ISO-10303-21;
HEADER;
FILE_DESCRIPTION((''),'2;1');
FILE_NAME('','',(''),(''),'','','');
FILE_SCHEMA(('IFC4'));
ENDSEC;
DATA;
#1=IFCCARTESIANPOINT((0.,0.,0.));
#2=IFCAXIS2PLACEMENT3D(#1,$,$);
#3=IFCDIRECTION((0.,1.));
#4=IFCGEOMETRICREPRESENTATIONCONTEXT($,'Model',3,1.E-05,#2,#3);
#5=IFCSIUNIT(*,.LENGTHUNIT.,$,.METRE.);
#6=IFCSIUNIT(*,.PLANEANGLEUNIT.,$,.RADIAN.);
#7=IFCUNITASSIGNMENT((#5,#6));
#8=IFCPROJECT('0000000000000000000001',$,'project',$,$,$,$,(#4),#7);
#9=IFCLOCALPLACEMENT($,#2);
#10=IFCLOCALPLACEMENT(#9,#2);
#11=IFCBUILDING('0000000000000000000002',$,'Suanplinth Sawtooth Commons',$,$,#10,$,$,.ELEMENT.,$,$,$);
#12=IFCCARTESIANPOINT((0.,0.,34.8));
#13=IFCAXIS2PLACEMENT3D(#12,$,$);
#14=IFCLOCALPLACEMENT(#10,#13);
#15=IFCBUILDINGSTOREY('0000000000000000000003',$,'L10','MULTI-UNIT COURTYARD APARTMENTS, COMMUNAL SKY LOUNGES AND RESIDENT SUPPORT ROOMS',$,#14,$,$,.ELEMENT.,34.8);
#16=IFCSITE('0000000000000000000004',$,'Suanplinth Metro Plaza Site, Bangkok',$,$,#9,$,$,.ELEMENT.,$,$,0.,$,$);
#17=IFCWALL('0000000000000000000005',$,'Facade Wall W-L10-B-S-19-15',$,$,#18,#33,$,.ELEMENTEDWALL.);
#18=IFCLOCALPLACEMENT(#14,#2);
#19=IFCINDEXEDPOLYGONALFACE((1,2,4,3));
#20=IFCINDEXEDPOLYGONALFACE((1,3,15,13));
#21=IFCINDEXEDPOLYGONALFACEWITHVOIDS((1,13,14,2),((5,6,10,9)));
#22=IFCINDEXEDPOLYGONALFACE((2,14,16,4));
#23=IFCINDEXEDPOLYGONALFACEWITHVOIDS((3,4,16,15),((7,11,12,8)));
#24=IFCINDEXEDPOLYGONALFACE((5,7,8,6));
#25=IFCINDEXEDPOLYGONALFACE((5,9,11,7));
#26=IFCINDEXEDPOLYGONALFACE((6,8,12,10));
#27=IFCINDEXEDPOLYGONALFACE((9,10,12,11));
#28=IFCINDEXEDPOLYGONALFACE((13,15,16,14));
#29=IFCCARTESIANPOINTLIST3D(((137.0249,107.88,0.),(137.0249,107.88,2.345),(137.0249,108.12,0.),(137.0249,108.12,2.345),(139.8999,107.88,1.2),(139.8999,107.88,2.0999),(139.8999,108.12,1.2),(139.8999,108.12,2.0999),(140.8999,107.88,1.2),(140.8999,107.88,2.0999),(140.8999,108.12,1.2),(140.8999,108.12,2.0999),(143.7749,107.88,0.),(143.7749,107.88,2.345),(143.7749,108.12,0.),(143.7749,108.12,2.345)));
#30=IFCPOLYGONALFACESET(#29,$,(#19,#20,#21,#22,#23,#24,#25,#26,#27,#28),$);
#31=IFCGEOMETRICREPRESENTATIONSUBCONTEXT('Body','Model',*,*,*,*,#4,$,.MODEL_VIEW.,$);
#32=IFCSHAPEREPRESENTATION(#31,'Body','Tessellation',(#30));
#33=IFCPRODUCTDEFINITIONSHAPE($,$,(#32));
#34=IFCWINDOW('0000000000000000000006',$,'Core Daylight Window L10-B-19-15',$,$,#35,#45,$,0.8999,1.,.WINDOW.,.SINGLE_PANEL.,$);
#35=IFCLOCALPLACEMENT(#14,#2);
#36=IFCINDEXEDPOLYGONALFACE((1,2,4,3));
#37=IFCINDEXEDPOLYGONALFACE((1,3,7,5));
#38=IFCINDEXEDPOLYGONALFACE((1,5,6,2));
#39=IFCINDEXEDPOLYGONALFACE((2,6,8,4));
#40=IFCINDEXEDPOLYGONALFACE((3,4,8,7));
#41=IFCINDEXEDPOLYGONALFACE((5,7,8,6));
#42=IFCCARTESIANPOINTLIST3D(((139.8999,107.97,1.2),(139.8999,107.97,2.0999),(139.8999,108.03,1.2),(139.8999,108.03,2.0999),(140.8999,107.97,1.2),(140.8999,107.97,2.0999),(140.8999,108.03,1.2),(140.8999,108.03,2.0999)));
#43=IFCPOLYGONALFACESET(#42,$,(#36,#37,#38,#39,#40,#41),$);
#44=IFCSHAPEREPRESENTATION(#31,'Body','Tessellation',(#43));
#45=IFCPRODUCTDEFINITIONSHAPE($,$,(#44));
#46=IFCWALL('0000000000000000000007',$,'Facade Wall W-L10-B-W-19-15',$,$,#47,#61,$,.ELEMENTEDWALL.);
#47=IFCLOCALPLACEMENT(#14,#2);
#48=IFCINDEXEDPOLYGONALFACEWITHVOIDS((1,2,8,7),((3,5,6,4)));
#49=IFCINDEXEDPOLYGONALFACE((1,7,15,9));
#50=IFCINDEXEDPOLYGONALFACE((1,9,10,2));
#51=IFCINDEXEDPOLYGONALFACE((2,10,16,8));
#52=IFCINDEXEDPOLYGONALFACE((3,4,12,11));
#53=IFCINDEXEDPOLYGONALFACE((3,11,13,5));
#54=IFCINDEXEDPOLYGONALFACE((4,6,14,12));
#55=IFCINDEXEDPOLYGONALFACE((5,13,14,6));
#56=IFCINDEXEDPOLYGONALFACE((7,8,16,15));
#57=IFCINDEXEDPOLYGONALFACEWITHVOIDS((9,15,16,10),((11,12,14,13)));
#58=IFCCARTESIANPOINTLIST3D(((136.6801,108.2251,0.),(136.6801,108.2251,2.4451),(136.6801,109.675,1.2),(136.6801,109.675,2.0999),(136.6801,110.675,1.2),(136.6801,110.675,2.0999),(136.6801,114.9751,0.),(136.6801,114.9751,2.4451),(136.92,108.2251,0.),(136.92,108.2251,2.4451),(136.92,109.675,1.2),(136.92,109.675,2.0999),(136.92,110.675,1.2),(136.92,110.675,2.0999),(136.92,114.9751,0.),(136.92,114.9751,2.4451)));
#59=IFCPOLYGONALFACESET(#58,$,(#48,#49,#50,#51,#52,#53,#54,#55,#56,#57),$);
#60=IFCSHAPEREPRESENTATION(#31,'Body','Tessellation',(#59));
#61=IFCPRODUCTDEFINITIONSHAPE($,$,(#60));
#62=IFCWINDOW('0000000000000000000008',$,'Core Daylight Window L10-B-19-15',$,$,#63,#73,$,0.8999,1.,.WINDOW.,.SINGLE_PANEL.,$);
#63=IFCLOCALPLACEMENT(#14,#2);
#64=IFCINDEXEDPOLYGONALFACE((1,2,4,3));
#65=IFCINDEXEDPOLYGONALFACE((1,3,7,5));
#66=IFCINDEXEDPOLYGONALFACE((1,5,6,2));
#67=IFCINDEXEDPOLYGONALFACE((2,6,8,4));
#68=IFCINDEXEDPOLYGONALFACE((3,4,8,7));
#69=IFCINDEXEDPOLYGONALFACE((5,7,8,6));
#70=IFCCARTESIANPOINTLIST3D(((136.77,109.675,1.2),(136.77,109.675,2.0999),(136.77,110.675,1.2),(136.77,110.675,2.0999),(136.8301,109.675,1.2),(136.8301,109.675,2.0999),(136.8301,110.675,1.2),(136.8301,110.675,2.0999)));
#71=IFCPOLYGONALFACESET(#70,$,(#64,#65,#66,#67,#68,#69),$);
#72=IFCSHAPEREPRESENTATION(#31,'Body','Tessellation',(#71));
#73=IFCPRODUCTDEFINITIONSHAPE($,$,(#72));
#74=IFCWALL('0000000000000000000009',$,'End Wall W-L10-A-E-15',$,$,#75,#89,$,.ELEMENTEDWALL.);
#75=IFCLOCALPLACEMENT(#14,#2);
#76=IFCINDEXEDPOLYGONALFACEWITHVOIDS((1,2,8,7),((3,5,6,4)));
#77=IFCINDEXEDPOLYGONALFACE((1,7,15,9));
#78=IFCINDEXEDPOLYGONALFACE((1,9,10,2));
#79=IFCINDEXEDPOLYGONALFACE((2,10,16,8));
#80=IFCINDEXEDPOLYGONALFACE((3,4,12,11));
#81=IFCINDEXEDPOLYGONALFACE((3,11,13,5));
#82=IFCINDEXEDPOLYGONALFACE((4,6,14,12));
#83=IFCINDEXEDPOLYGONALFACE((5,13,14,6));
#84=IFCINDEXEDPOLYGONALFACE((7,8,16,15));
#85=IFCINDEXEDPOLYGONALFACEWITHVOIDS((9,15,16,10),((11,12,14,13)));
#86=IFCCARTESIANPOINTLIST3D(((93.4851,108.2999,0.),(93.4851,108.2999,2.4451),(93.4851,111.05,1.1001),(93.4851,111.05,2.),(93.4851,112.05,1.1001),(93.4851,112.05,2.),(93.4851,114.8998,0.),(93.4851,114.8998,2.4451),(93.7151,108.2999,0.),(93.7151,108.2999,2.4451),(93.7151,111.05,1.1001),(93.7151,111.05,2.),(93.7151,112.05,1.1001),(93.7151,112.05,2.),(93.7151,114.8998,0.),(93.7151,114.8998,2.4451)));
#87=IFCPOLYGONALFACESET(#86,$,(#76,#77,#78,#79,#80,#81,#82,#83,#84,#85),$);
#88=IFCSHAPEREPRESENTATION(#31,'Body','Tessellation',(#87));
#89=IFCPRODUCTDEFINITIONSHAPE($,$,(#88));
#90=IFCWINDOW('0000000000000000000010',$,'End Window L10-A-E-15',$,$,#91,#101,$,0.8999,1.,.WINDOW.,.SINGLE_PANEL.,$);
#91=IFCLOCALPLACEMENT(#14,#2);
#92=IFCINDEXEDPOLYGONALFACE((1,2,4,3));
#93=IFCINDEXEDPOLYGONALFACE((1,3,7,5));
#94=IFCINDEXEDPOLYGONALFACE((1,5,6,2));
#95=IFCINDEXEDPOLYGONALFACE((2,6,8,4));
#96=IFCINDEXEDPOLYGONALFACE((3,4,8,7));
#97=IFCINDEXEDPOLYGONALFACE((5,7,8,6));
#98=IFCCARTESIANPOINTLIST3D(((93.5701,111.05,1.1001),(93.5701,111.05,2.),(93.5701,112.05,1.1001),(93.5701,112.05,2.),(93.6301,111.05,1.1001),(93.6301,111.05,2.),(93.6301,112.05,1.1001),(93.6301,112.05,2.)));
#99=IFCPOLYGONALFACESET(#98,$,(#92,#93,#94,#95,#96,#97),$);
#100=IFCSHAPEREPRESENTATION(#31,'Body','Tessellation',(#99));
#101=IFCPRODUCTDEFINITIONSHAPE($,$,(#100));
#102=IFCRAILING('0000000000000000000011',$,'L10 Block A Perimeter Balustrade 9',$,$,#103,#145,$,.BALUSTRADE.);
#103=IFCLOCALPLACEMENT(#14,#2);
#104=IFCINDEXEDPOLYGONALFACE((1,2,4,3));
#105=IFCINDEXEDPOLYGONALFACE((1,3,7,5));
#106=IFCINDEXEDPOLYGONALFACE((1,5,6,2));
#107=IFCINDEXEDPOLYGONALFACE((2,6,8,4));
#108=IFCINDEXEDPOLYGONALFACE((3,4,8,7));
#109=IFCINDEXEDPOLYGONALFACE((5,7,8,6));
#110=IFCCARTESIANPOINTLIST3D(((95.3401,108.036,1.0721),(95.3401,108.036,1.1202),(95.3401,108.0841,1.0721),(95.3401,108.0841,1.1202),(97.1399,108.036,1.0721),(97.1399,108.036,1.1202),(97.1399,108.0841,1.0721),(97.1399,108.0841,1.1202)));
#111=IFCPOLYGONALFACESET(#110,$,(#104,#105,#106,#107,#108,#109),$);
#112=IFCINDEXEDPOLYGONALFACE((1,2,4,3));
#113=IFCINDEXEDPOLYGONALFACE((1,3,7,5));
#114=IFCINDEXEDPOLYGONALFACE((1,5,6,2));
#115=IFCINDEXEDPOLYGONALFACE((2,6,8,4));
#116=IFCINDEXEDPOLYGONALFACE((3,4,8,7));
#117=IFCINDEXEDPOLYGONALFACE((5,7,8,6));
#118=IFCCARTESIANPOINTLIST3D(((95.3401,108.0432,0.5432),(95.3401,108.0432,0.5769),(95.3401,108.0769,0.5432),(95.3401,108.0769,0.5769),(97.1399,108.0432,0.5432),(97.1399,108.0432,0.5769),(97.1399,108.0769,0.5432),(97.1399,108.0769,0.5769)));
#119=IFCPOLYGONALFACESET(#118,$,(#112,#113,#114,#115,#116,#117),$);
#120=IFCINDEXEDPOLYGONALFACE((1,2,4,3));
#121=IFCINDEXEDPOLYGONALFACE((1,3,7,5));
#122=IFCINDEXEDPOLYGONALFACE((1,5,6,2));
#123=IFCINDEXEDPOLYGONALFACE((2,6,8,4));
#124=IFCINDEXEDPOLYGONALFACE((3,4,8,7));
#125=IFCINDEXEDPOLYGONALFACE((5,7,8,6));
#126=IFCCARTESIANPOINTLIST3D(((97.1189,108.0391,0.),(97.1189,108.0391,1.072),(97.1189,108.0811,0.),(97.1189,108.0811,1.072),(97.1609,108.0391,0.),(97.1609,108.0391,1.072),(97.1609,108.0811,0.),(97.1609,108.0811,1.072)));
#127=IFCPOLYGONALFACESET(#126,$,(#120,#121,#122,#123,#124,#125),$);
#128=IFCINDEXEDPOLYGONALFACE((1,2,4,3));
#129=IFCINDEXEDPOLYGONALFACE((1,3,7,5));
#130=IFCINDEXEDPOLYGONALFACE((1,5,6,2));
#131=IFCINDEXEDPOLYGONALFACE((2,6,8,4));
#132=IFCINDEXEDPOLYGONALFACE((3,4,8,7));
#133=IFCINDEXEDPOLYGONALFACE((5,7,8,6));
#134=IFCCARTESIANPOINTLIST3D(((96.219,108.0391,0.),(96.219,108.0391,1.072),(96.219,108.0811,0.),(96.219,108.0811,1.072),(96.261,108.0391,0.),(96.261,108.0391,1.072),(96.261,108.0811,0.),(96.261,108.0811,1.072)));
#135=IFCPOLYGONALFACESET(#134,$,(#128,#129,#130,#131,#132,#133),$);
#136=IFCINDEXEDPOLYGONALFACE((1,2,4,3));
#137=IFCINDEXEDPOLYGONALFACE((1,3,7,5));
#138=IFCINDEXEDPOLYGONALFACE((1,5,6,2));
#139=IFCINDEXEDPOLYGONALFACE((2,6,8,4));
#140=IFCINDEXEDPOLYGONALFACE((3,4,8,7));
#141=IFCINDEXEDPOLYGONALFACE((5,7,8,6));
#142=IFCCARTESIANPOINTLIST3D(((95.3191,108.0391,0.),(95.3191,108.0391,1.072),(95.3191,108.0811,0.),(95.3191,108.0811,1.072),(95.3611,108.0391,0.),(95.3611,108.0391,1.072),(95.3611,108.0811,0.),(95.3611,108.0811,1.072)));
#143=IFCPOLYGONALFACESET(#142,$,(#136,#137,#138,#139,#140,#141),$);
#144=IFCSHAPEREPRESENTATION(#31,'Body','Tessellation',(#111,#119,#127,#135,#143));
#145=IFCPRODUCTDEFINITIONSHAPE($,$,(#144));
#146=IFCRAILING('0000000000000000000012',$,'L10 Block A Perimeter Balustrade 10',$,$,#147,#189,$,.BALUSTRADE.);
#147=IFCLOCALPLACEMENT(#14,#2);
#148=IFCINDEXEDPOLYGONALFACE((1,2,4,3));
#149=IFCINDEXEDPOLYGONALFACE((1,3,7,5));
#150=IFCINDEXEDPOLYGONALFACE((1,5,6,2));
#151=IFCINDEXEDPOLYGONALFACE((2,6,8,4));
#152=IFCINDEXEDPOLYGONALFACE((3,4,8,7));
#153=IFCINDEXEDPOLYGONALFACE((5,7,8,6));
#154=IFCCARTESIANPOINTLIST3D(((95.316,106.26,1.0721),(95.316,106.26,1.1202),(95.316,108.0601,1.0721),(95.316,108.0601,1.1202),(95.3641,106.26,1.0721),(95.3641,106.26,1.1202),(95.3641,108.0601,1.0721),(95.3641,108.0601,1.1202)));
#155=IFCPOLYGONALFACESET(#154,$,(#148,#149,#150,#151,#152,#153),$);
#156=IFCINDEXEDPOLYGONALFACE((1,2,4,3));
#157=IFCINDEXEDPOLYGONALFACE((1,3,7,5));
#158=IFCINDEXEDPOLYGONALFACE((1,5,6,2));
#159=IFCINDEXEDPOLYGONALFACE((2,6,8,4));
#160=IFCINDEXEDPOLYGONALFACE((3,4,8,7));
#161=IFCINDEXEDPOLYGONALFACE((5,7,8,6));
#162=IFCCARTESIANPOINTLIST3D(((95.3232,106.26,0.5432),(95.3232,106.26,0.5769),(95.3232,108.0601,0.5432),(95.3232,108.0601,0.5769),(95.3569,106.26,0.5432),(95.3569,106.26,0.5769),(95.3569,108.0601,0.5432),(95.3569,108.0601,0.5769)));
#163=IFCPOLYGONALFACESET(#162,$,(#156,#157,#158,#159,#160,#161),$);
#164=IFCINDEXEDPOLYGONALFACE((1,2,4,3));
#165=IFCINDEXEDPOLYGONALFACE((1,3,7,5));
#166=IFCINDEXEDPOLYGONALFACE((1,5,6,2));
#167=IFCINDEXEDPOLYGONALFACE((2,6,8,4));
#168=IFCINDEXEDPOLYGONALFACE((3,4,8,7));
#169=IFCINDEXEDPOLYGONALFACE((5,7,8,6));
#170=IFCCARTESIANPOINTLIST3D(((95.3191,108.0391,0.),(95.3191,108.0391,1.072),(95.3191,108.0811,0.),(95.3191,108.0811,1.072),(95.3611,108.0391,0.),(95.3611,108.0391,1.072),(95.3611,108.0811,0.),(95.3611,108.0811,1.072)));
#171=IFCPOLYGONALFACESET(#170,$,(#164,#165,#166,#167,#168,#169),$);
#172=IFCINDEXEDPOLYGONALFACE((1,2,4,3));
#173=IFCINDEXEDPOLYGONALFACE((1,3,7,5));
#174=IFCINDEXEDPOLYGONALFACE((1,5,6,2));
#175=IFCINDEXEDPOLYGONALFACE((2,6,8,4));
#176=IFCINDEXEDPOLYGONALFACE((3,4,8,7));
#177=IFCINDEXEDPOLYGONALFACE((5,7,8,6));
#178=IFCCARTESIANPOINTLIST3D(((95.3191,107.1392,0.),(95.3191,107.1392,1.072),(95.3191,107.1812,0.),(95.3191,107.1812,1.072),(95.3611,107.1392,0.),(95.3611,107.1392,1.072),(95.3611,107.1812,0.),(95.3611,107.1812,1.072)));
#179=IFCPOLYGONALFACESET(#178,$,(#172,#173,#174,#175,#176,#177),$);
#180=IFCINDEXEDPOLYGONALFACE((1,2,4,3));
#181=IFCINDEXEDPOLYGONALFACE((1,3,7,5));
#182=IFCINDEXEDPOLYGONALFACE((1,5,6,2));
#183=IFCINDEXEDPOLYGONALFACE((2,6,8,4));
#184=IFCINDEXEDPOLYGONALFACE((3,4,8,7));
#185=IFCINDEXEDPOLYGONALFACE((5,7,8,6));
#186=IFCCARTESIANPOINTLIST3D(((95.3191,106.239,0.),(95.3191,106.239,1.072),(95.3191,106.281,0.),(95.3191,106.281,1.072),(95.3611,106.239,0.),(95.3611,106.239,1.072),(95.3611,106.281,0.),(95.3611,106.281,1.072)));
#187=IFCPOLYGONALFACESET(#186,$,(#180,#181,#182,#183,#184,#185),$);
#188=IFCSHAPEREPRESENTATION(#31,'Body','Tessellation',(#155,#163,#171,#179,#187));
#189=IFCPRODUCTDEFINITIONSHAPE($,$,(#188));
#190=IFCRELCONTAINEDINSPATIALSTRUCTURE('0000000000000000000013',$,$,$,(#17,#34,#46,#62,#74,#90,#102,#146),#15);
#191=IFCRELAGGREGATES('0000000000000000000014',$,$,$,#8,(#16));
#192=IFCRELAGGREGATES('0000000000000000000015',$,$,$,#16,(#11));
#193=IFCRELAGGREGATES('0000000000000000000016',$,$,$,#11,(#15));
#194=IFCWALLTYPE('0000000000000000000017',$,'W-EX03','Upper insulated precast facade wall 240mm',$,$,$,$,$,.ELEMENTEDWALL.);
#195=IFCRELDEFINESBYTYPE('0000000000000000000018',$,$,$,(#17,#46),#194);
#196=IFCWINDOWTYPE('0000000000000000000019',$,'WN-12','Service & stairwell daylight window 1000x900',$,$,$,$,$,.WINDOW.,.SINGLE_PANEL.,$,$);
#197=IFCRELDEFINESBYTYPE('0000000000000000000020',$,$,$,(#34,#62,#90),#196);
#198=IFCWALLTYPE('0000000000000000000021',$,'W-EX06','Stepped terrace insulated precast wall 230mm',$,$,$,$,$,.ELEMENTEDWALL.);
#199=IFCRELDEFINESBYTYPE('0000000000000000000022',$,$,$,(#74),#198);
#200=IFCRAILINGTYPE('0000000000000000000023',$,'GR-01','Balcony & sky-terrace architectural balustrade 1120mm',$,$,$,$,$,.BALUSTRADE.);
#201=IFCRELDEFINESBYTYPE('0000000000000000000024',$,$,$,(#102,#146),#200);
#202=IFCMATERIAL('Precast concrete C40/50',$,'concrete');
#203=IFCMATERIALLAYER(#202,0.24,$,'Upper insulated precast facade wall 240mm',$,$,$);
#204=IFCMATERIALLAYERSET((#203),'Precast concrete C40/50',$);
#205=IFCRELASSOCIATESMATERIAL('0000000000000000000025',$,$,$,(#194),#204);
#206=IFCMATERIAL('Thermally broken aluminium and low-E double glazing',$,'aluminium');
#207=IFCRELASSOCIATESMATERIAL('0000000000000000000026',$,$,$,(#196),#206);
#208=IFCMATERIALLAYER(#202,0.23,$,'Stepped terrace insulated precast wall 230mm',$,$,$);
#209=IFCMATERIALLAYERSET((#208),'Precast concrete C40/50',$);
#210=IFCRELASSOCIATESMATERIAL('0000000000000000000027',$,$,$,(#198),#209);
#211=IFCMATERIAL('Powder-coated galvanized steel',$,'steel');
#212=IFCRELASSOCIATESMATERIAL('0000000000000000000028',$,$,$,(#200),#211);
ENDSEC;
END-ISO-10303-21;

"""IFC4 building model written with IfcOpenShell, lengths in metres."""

from ifc_helpers import new_model, si_unit, direction, frame, frame_2d, origin, origin_2d, place, context, subcontext, project, spatial, rectangle, extrude, material, layer, layer_set, type_object, element, fill, save


model = new_model("IFC4")

# Units and contexts
model_context = context("Model", 3, precision=1e-05, world=origin(), true_north=direction((0.0, 1.0)))
body_context = subcontext(model_context, "Body", "Model", "MODEL_VIEW")
ifc_project = project(units=[si_unit("LENGTHUNIT", "METRE"), si_unit("PLANEANGLEUNIT", "RADIAN")], contexts=[model_context])

# Site, building, storey
site_placement = place(None, origin())
site = spatial("IfcSite", under=ifc_project, at=site_placement, Name="Suanplinth Metro Plaza Site, Bangkok", CompositionType="ELEMENT", RefElevation=0.0)
building_placement = place(site_placement, origin())
building = spatial("IfcBuilding", under=site, at=building_placement, Name="Suanplinth Sawtooth Commons", CompositionType="ELEMENT")
storey_placement = place(building_placement, frame((0.0, 0.0, 34.8)))
storey = spatial("IfcBuildingStorey", under=building, at=storey_placement, Name="L10", Description="MULTI-UNIT COURTYARD APARTMENTS, COMMUNAL SKY LOUNGES AND RESIDENT SUPPORT ROOMS", CompositionType="ELEMENT", Elevation=34.8)

# Shared definitions
ifc_material_1 = material(Name="Precast concrete C40/50", Category="concrete")

# Walls, openings, windows
ifc_layer_1 = layer(ifc_material_1, 0.24, Name="Upper insulated precast facade wall 240mm")
ifc_layer_set_1 = layer_set([ifc_layer_1], Name="Precast concrete C40/50")
wall_type_1 = type_object("IfcWallType", Name="W-EX03", Description="Upper insulated precast facade wall 240mm", PredefinedType="ELEMENTEDWALL", material=ifc_layer_set_1)
wall_1_placement = place(storey_placement, frame((137.0249, 108.0, 0.0), z_axis=(0.0, 0.0, 1.0), x_axis=(1.0, 0.0, 0.0)))
wall_1 = element("IfcWall", 1, at=wall_1_placement, inside=storey, type_object=wall_type_1, Name="Facade Wall W-L10-B-S-19-15", PredefinedType="ELEMENTEDWALL", context=body_context, shape_type="SweptSolid", body=[
    extrude(rectangle(XDim=6.75, YDim=0.24, at=frame_2d((3.375, 0.0))), origin(), (0.0, 0.0, 1.0), 2.345),
])
opening_1_placement = place(wall_1_placement, frame((2.875, 0.0, 1.2)))
opening_1 = element("IfcOpeningElement", 2, at=opening_1_placement, cuts=wall_1, PredefinedType="OPENING", context=body_context, shape_type="SweptSolid", body=[
    extrude(rectangle(XDim=1.0, YDim=0.8999, at=frame_2d((0.5, 0.45))), frame((0.0, 0.1348, 0.0), z_axis=(0.0, -1.0, 0.0), x_axis=(1.0, 0.0, 0.0)), (0.0, 0.0, 1.0), 0.2698),
])
ifc_material_2 = material(Name="Thermally broken aluminium and low-E double glazing", Category="aluminium")
window_type = type_object("IfcWindowType", Name="WN-12", Description="Service & stairwell daylight window 1000x900", PartitioningType="SINGLE_PANEL", PredefinedType="WINDOW", material=ifc_material_2)
window_1_placement = place(opening_1_placement, origin())
window_1 = element("IfcWindow", 3, at=window_1_placement, inside=storey, type_object=window_type, Name="Core Daylight Window L10-B-19-15", OverallHeight=0.8999, OverallWidth=1.0, PartitioningType="SINGLE_PANEL", PredefinedType="WINDOW", context=body_context, shape_type="SweptSolid", body=[
    extrude(rectangle(XDim=1.0, YDim=0.8999, at=frame_2d((0.5, 0.45))), frame((0.0, 0.03, 0.0), z_axis=(0.0, -1.0, 0.0), x_axis=(1.0, 0.0, 0.0)), (0.0, 0.0, 1.0), 0.0601),
])
fill(opening_1, window_1)
wall_2_placement = place(storey_placement, frame((136.8, 108.2251, 0.0), z_axis=(0.0, 0.0, 1.0), x_axis=(0.0, 1.0, 0.0)))
wall_2 = element("IfcWall", 4, at=wall_2_placement, inside=storey, type_object=wall_type_1, Name="Facade Wall W-L10-B-W-19-15", PredefinedType="ELEMENTEDWALL", context=body_context, shape_type="SweptSolid", body=[
    extrude(rectangle(XDim=6.75, YDim=0.24, at=frame_2d((3.375, 0.0))), origin(), (0.0, 0.0, 1.0), 2.4451),
])
opening_2_placement = place(wall_2_placement, frame((1.45, 0.0, 1.2)))
opening_2 = element("IfcOpeningElement", 5, at=opening_2_placement, cuts=wall_2, PredefinedType="OPENING", context=body_context, shape_type="SweptSolid", body=[
    extrude(rectangle(XDim=1.0, YDim=0.8999, at=frame_2d((0.5, 0.45))), frame((0.0, 0.1348, 0.0), z_axis=(0.0, -1.0, 0.0), x_axis=(1.0, 0.0, 0.0)), (0.0, 0.0, 1.0), 0.2698),
])
window_2_placement = place(opening_2_placement, origin())
window_2 = element("IfcWindow", 6, at=window_2_placement, inside=storey, type_object=window_type, Name="Core Daylight Window L10-B-19-15", OverallHeight=0.8999, OverallWidth=1.0, PartitioningType="SINGLE_PANEL", PredefinedType="WINDOW", context=body_context, shape_type="SweptSolid", body=[
    extrude(rectangle(XDim=1.0, YDim=0.8999, at=frame_2d((0.5, 0.45))), frame((0.0, 0.03, 0.0), z_axis=(0.0, -1.0, 0.0), x_axis=(1.0, 0.0, 0.0)), (0.0, 0.0, 1.0), 0.0601),
])
fill(opening_2, window_2)
ifc_layer_2 = layer(ifc_material_1, 0.23, Name="Stepped terrace insulated precast wall 230mm")
ifc_layer_set_2 = layer_set([ifc_layer_2], Name="Precast concrete C40/50")
wall_type_2 = type_object("IfcWallType", Name="W-EX06", Description="Stepped terrace insulated precast wall 230mm", PredefinedType="ELEMENTEDWALL", material=ifc_layer_set_2)
wall_3_placement = place(storey_placement, frame((93.6001, 108.3, 0.0), z_axis=(0.0, 0.0, 1.0), x_axis=(0.0, 1.0, 0.0)))
wall_3 = element("IfcWall", 7, at=wall_3_placement, inside=storey, type_object=wall_type_2, Name="End Wall W-L10-A-E-15", PredefinedType="ELEMENTEDWALL", context=body_context, shape_type="SweptSolid", body=[
    extrude(rectangle(XDim=6.5999, YDim=0.23, at=frame_2d((3.2998, 0.0))), origin(), (0.0, 0.0, 1.0), 2.4451),
])
opening_3_placement = place(wall_3_placement, frame((2.75, 0.0, 1.1001)))
opening_3 = element("IfcOpeningElement", 8, at=opening_3_placement, cuts=wall_3, PredefinedType="OPENING", context=body_context, shape_type="SweptSolid", body=[
    extrude(rectangle(XDim=1.0, YDim=0.8999, at=frame_2d((0.5, 0.45))), frame((0.0, 0.1299, 0.0), z_axis=(0.0, -1.0, 0.0), x_axis=(1.0, 0.0, 0.0)), (0.0, 0.0, 1.0), 0.2598),
])
window_3_placement = place(opening_3_placement, origin())
window_3 = element("IfcWindow", 9, at=window_3_placement, inside=storey, type_object=window_type, Name="End Window L10-A-E-15", OverallHeight=0.8999, OverallWidth=1.0, PartitioningType="SINGLE_PANEL", PredefinedType="WINDOW", context=body_context, shape_type="SweptSolid", body=[
    extrude(rectangle(XDim=1.0, YDim=0.8999, at=frame_2d((0.5, 0.45))), frame((0.0, 0.03, 0.0), z_axis=(0.0, -1.0, 0.0), x_axis=(1.0, 0.0, 0.0)), (0.0, 0.0, 1.0), 0.0601),
])
fill(opening_3, window_3)

# Railings
ifc_material_3 = material(Name="Powder-coated galvanized steel", Category="steel")
railing_type = type_object("IfcRailingType", Name="GR-01", Description="Balcony & sky-terrace architectural balustrade 1120mm", PredefinedType="BALUSTRADE", material=ifc_material_3)
railing_1_placement = place(storey_placement, frame((97.1399, 108.0601, 0.0)))
element("IfcRailing", 10, at=railing_1_placement, inside=storey, type_object=railing_type, Name="L10 Block A Perimeter Balustrade 9", PredefinedType="BALUSTRADE", context=body_context, shape_type="SweptSolid", body=[
    extrude(rectangle(XDim=0.0481, YDim=0.0481, at=origin_2d()), frame((0.0, 0.0, 1.0962), z_axis=(-1.0, 0.0, 0.0), x_axis=(0.0, -1.0, 0.0)), (0.0, 0.0, 1.0), 1.7998),
    extrude(rectangle(XDim=0.0337, YDim=0.0337, at=origin_2d()), frame((0.0, 0.0, 0.5601), z_axis=(-1.0, 0.0, 0.0), x_axis=(0.0, -1.0, 0.0)), (0.0, 0.0, 1.0), 1.7998),
    extrude(rectangle(XDim=0.042, YDim=0.042, at=origin_2d()), origin(), (0.0, 0.0, 1.0), 1.072),
    extrude(rectangle(XDim=0.042, YDim=0.042, at=origin_2d()), frame((-0.8999, 0.0, 0.0)), (0.0, 0.0, 1.0), 1.072),
    extrude(rectangle(XDim=0.042, YDim=0.042, at=origin_2d()), frame((-1.7998, 0.0, 0.0)), (0.0, 0.0, 1.0), 1.072),
])
railing_2_placement = place(storey_placement, frame((95.3401, 108.0601, 0.0)))
element("IfcRailing", 11, at=railing_2_placement, inside=storey, type_object=railing_type, Name="L10 Block A Perimeter Balustrade 10", PredefinedType="BALUSTRADE", context=body_context, shape_type="SweptSolid", body=[
    extrude(rectangle(XDim=0.0481, YDim=0.0481, at=origin_2d()), frame((0.0, 0.0, 1.0962), z_axis=(0.0, -1.0, 0.0), x_axis=(1.0, 0.0, 0.0)), (0.0, 0.0, 1.0), 1.8),
    extrude(rectangle(XDim=0.0337, YDim=0.0337, at=origin_2d()), frame((0.0, 0.0, 0.5601), z_axis=(0.0, -1.0, 0.0), x_axis=(1.0, 0.0, 0.0)), (0.0, 0.0, 1.0), 1.8),
    extrude(rectangle(XDim=0.042, YDim=0.042, at=origin_2d()), origin(), (0.0, 0.0, 1.0), 1.072),
    extrude(rectangle(XDim=0.042, YDim=0.042, at=origin_2d()), frame((0.0, -0.8999, 0.0)), (0.0, 0.0, 1.0), 1.072),
    extrude(rectangle(XDim=0.042, YDim=0.042, at=origin_2d()), frame((0.0, -1.8, 0.0)), (0.0, 0.0, 1.0), 1.072),
])

save(model, "model.ifc")
